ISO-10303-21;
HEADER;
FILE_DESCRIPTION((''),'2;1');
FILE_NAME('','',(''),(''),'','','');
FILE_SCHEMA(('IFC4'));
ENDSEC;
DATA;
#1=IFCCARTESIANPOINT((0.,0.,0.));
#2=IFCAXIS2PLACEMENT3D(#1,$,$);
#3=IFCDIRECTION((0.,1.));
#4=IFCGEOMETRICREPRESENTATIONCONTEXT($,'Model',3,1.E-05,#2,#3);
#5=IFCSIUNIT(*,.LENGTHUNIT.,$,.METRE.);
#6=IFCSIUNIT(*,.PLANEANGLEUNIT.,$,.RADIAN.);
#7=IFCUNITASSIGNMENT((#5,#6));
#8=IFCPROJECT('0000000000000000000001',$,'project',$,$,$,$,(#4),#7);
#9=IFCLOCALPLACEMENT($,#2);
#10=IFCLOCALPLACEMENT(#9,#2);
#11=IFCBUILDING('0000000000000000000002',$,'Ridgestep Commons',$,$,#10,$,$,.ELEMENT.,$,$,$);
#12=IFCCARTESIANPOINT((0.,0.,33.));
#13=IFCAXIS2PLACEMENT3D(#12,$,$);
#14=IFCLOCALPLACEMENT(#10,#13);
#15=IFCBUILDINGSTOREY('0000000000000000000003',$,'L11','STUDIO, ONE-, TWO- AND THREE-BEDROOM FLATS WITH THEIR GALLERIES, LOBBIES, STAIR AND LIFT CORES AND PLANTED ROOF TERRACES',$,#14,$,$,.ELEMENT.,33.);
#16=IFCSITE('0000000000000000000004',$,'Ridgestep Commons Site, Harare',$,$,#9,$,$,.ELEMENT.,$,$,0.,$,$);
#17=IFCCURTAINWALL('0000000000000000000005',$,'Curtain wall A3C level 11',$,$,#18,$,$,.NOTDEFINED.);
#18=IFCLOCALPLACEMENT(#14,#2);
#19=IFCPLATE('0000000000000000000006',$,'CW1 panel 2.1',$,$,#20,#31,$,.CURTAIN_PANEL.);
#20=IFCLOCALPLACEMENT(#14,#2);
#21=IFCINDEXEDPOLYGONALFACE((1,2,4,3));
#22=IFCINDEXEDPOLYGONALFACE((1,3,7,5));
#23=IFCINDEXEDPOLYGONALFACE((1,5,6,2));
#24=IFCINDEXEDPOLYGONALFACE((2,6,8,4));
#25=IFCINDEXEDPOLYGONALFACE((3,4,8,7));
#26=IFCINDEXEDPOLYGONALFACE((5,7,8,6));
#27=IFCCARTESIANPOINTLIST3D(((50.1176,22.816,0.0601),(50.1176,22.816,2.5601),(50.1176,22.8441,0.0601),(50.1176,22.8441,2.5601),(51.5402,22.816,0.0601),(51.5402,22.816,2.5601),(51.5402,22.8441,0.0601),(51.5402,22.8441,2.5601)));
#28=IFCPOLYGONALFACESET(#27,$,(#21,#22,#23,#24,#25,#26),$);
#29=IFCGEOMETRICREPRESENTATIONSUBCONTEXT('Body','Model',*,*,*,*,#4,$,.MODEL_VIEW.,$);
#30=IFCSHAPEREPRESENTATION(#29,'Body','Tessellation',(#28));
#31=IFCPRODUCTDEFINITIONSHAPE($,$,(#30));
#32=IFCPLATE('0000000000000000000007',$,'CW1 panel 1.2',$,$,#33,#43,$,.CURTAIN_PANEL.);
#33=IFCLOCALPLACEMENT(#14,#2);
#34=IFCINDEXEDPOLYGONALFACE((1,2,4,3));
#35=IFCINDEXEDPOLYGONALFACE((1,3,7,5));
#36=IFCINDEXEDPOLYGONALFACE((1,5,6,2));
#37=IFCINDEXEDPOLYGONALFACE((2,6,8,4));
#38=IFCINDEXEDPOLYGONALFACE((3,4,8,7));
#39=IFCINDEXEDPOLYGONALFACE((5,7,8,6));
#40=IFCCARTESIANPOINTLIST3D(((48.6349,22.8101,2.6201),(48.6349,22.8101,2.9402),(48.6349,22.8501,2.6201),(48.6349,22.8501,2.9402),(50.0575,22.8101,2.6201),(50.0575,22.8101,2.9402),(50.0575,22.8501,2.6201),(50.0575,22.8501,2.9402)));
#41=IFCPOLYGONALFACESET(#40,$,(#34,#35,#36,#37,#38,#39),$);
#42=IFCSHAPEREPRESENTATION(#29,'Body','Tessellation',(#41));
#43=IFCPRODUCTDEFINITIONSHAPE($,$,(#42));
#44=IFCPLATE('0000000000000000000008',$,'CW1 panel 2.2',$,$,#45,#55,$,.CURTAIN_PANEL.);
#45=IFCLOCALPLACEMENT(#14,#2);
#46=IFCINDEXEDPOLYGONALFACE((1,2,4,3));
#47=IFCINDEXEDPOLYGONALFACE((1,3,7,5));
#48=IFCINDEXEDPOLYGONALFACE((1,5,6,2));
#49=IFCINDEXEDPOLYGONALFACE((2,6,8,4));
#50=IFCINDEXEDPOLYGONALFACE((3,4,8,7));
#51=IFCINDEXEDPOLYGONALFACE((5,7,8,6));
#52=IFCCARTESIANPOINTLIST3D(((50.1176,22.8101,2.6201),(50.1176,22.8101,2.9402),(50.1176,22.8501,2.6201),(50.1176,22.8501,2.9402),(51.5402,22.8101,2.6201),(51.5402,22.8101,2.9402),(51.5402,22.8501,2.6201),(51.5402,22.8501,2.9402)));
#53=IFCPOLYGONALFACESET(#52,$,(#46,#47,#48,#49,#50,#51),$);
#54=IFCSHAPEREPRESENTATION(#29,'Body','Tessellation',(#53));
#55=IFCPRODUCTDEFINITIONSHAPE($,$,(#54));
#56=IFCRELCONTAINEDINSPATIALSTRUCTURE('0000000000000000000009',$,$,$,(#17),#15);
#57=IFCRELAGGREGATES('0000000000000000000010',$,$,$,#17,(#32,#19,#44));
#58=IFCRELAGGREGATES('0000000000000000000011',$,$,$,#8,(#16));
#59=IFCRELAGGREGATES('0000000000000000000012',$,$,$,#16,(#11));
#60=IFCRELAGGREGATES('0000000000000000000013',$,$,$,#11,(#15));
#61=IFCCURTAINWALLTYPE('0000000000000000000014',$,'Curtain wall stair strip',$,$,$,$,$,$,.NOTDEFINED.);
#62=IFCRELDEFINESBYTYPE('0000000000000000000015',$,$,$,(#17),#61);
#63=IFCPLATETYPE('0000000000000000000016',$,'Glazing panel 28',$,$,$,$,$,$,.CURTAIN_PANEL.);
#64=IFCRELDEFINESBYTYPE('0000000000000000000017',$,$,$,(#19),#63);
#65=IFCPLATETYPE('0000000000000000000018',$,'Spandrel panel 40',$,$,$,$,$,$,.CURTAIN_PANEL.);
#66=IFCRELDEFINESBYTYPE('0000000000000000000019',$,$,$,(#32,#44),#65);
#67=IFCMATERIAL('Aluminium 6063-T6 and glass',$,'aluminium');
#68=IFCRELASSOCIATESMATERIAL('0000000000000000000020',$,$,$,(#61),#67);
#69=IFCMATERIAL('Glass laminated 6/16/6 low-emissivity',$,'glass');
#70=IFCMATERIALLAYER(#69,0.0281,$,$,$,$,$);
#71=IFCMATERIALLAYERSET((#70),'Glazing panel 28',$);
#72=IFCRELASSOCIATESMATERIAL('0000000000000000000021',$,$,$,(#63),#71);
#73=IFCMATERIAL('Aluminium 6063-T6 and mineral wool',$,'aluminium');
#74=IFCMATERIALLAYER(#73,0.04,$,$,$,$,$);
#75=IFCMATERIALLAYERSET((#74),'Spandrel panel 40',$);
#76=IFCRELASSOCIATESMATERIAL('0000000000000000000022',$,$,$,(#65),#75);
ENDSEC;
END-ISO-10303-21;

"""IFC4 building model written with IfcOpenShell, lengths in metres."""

from ifc_helpers import new_model, si_unit, direction, frame, origin, origin_2d, place, context, subcontext, project, spatial, rectangle, extrude, material, layer, layer_set, type_object, element, aggregate, save


model = new_model("IFC4")

# Units and contexts
model_context = context("Model", 3, precision=1e-05, world=origin(), true_north=direction((0.0, 1.0)))
body_context = subcontext(model_context, "Body", "Model", "MODEL_VIEW")
ifc_project = project(units=[si_unit("LENGTHUNIT", "METRE"), si_unit("PLANEANGLEUNIT", "RADIAN")], contexts=[model_context])

# Site, building, storey
site_placement = place(None, origin())
site = spatial("IfcSite", under=ifc_project, at=site_placement, Name="Ridgestep Commons Site, Harare", CompositionType="ELEMENT", RefElevation=0.0)
building_placement = place(site_placement, origin())
building = spatial("IfcBuilding", under=site, at=building_placement, Name="Ridgestep Commons", CompositionType="ELEMENT")
storey_placement = place(building_placement, frame((0.0, 0.0, 33.0)))
storey = spatial("IfcBuildingStorey", under=building, at=storey_placement, Name="L11", Description="STUDIO, ONE-, TWO- AND THREE-BEDROOM FLATS WITH THEIR GALLERIES, LOBBIES, STAIR AND LIFT CORES AND PLANTED ROOF TERRACES", CompositionType="ELEMENT", Elevation=33.0)

# Shared definitions
ifc_material_1 = material(Name="Aluminium 6063-T6 and glass", Category="aluminium")
curtain_wall_type = type_object("IfcCurtainWallType", Name="Curtain wall stair strip", PredefinedType="NOTDEFINED", material=ifc_material_1)

# Curtain wall
curtain_wall_1_placement = place(storey_placement, origin())
curtain_wall_1 = element("IfcCurtainWall", 1, at=curtain_wall_1_placement, inside=storey, type_object=curtain_wall_type, Name="Curtain wall A3C level 11", PredefinedType="NOTDEFINED")

# Plates
ifc_material_2 = material(Name="Glass laminated 6/16/6 low-emissivity", Category="glass")
ifc_layer_1 = layer(ifc_material_2, 0.0281)
ifc_layer_set_1 = layer_set([ifc_layer_1], Name="Glazing panel 28")
plate_type_1 = type_object("IfcPlateType", Name="Glazing panel 28", PredefinedType="CURTAIN_PANEL", material=ifc_layer_set_1)
plate_1_placement = place(storey_placement, frame((50.8289, 22.8301, 0.0601), z_axis=(0.0, 0.0, 1.0), x_axis=(1.0, 0.0, 0.0)))
plate_1 = element("IfcPlate", 2, at=plate_1_placement, type_object=plate_type_1, Name="CW1 panel 2.1", PredefinedType="CURTAIN_PANEL", context=body_context, shape_type="SweptSolid", body=[
    extrude(rectangle(XDim=1.4226, YDim=0.0281, at=origin_2d()), origin(), (0.0, 0.0, 1.0), 2.5),
])
ifc_material_3 = material(Name="Aluminium 6063-T6 and mineral wool", Category="aluminium")
ifc_layer_2 = layer(ifc_material_3, 0.04)
ifc_layer_set_2 = layer_set([ifc_layer_2], Name="Spandrel panel 40")
plate_type_2 = type_object("IfcPlateType", Name="Spandrel panel 40", PredefinedType="CURTAIN_PANEL", material=ifc_layer_set_2)
plate_2_placement = place(storey_placement, frame((49.3462, 22.8301, 2.6201), z_axis=(0.0, 0.0, 1.0), x_axis=(1.0, 0.0, 0.0)))
plate_2 = element("IfcPlate", 3, at=plate_2_placement, type_object=plate_type_2, Name="CW1 panel 1.2", PredefinedType="CURTAIN_PANEL", context=body_context, shape_type="SweptSolid", body=[
    extrude(rectangle(XDim=1.4226, YDim=0.04, at=origin_2d()), origin(), (0.0, 0.0, 1.0), 0.3201),
])
plate_3_placement = place(storey_placement, frame((50.8289, 22.8301, 2.6201), z_axis=(0.0, 0.0, 1.0), x_axis=(1.0, 0.0, 0.0)))
plate_3 = element("IfcPlate", 4, at=plate_3_placement, type_object=plate_type_2, Name="CW1 panel 2.2", PredefinedType="CURTAIN_PANEL", context=body_context, shape_type="SweptSolid", body=[
    extrude(rectangle(XDim=1.4226, YDim=0.04, at=origin_2d()), origin(), (0.0, 0.0, 1.0), 0.3201),
])
aggregate(curtain_wall_1, [plate_2, plate_1, plate_3])

save(model, "model.ifc")
